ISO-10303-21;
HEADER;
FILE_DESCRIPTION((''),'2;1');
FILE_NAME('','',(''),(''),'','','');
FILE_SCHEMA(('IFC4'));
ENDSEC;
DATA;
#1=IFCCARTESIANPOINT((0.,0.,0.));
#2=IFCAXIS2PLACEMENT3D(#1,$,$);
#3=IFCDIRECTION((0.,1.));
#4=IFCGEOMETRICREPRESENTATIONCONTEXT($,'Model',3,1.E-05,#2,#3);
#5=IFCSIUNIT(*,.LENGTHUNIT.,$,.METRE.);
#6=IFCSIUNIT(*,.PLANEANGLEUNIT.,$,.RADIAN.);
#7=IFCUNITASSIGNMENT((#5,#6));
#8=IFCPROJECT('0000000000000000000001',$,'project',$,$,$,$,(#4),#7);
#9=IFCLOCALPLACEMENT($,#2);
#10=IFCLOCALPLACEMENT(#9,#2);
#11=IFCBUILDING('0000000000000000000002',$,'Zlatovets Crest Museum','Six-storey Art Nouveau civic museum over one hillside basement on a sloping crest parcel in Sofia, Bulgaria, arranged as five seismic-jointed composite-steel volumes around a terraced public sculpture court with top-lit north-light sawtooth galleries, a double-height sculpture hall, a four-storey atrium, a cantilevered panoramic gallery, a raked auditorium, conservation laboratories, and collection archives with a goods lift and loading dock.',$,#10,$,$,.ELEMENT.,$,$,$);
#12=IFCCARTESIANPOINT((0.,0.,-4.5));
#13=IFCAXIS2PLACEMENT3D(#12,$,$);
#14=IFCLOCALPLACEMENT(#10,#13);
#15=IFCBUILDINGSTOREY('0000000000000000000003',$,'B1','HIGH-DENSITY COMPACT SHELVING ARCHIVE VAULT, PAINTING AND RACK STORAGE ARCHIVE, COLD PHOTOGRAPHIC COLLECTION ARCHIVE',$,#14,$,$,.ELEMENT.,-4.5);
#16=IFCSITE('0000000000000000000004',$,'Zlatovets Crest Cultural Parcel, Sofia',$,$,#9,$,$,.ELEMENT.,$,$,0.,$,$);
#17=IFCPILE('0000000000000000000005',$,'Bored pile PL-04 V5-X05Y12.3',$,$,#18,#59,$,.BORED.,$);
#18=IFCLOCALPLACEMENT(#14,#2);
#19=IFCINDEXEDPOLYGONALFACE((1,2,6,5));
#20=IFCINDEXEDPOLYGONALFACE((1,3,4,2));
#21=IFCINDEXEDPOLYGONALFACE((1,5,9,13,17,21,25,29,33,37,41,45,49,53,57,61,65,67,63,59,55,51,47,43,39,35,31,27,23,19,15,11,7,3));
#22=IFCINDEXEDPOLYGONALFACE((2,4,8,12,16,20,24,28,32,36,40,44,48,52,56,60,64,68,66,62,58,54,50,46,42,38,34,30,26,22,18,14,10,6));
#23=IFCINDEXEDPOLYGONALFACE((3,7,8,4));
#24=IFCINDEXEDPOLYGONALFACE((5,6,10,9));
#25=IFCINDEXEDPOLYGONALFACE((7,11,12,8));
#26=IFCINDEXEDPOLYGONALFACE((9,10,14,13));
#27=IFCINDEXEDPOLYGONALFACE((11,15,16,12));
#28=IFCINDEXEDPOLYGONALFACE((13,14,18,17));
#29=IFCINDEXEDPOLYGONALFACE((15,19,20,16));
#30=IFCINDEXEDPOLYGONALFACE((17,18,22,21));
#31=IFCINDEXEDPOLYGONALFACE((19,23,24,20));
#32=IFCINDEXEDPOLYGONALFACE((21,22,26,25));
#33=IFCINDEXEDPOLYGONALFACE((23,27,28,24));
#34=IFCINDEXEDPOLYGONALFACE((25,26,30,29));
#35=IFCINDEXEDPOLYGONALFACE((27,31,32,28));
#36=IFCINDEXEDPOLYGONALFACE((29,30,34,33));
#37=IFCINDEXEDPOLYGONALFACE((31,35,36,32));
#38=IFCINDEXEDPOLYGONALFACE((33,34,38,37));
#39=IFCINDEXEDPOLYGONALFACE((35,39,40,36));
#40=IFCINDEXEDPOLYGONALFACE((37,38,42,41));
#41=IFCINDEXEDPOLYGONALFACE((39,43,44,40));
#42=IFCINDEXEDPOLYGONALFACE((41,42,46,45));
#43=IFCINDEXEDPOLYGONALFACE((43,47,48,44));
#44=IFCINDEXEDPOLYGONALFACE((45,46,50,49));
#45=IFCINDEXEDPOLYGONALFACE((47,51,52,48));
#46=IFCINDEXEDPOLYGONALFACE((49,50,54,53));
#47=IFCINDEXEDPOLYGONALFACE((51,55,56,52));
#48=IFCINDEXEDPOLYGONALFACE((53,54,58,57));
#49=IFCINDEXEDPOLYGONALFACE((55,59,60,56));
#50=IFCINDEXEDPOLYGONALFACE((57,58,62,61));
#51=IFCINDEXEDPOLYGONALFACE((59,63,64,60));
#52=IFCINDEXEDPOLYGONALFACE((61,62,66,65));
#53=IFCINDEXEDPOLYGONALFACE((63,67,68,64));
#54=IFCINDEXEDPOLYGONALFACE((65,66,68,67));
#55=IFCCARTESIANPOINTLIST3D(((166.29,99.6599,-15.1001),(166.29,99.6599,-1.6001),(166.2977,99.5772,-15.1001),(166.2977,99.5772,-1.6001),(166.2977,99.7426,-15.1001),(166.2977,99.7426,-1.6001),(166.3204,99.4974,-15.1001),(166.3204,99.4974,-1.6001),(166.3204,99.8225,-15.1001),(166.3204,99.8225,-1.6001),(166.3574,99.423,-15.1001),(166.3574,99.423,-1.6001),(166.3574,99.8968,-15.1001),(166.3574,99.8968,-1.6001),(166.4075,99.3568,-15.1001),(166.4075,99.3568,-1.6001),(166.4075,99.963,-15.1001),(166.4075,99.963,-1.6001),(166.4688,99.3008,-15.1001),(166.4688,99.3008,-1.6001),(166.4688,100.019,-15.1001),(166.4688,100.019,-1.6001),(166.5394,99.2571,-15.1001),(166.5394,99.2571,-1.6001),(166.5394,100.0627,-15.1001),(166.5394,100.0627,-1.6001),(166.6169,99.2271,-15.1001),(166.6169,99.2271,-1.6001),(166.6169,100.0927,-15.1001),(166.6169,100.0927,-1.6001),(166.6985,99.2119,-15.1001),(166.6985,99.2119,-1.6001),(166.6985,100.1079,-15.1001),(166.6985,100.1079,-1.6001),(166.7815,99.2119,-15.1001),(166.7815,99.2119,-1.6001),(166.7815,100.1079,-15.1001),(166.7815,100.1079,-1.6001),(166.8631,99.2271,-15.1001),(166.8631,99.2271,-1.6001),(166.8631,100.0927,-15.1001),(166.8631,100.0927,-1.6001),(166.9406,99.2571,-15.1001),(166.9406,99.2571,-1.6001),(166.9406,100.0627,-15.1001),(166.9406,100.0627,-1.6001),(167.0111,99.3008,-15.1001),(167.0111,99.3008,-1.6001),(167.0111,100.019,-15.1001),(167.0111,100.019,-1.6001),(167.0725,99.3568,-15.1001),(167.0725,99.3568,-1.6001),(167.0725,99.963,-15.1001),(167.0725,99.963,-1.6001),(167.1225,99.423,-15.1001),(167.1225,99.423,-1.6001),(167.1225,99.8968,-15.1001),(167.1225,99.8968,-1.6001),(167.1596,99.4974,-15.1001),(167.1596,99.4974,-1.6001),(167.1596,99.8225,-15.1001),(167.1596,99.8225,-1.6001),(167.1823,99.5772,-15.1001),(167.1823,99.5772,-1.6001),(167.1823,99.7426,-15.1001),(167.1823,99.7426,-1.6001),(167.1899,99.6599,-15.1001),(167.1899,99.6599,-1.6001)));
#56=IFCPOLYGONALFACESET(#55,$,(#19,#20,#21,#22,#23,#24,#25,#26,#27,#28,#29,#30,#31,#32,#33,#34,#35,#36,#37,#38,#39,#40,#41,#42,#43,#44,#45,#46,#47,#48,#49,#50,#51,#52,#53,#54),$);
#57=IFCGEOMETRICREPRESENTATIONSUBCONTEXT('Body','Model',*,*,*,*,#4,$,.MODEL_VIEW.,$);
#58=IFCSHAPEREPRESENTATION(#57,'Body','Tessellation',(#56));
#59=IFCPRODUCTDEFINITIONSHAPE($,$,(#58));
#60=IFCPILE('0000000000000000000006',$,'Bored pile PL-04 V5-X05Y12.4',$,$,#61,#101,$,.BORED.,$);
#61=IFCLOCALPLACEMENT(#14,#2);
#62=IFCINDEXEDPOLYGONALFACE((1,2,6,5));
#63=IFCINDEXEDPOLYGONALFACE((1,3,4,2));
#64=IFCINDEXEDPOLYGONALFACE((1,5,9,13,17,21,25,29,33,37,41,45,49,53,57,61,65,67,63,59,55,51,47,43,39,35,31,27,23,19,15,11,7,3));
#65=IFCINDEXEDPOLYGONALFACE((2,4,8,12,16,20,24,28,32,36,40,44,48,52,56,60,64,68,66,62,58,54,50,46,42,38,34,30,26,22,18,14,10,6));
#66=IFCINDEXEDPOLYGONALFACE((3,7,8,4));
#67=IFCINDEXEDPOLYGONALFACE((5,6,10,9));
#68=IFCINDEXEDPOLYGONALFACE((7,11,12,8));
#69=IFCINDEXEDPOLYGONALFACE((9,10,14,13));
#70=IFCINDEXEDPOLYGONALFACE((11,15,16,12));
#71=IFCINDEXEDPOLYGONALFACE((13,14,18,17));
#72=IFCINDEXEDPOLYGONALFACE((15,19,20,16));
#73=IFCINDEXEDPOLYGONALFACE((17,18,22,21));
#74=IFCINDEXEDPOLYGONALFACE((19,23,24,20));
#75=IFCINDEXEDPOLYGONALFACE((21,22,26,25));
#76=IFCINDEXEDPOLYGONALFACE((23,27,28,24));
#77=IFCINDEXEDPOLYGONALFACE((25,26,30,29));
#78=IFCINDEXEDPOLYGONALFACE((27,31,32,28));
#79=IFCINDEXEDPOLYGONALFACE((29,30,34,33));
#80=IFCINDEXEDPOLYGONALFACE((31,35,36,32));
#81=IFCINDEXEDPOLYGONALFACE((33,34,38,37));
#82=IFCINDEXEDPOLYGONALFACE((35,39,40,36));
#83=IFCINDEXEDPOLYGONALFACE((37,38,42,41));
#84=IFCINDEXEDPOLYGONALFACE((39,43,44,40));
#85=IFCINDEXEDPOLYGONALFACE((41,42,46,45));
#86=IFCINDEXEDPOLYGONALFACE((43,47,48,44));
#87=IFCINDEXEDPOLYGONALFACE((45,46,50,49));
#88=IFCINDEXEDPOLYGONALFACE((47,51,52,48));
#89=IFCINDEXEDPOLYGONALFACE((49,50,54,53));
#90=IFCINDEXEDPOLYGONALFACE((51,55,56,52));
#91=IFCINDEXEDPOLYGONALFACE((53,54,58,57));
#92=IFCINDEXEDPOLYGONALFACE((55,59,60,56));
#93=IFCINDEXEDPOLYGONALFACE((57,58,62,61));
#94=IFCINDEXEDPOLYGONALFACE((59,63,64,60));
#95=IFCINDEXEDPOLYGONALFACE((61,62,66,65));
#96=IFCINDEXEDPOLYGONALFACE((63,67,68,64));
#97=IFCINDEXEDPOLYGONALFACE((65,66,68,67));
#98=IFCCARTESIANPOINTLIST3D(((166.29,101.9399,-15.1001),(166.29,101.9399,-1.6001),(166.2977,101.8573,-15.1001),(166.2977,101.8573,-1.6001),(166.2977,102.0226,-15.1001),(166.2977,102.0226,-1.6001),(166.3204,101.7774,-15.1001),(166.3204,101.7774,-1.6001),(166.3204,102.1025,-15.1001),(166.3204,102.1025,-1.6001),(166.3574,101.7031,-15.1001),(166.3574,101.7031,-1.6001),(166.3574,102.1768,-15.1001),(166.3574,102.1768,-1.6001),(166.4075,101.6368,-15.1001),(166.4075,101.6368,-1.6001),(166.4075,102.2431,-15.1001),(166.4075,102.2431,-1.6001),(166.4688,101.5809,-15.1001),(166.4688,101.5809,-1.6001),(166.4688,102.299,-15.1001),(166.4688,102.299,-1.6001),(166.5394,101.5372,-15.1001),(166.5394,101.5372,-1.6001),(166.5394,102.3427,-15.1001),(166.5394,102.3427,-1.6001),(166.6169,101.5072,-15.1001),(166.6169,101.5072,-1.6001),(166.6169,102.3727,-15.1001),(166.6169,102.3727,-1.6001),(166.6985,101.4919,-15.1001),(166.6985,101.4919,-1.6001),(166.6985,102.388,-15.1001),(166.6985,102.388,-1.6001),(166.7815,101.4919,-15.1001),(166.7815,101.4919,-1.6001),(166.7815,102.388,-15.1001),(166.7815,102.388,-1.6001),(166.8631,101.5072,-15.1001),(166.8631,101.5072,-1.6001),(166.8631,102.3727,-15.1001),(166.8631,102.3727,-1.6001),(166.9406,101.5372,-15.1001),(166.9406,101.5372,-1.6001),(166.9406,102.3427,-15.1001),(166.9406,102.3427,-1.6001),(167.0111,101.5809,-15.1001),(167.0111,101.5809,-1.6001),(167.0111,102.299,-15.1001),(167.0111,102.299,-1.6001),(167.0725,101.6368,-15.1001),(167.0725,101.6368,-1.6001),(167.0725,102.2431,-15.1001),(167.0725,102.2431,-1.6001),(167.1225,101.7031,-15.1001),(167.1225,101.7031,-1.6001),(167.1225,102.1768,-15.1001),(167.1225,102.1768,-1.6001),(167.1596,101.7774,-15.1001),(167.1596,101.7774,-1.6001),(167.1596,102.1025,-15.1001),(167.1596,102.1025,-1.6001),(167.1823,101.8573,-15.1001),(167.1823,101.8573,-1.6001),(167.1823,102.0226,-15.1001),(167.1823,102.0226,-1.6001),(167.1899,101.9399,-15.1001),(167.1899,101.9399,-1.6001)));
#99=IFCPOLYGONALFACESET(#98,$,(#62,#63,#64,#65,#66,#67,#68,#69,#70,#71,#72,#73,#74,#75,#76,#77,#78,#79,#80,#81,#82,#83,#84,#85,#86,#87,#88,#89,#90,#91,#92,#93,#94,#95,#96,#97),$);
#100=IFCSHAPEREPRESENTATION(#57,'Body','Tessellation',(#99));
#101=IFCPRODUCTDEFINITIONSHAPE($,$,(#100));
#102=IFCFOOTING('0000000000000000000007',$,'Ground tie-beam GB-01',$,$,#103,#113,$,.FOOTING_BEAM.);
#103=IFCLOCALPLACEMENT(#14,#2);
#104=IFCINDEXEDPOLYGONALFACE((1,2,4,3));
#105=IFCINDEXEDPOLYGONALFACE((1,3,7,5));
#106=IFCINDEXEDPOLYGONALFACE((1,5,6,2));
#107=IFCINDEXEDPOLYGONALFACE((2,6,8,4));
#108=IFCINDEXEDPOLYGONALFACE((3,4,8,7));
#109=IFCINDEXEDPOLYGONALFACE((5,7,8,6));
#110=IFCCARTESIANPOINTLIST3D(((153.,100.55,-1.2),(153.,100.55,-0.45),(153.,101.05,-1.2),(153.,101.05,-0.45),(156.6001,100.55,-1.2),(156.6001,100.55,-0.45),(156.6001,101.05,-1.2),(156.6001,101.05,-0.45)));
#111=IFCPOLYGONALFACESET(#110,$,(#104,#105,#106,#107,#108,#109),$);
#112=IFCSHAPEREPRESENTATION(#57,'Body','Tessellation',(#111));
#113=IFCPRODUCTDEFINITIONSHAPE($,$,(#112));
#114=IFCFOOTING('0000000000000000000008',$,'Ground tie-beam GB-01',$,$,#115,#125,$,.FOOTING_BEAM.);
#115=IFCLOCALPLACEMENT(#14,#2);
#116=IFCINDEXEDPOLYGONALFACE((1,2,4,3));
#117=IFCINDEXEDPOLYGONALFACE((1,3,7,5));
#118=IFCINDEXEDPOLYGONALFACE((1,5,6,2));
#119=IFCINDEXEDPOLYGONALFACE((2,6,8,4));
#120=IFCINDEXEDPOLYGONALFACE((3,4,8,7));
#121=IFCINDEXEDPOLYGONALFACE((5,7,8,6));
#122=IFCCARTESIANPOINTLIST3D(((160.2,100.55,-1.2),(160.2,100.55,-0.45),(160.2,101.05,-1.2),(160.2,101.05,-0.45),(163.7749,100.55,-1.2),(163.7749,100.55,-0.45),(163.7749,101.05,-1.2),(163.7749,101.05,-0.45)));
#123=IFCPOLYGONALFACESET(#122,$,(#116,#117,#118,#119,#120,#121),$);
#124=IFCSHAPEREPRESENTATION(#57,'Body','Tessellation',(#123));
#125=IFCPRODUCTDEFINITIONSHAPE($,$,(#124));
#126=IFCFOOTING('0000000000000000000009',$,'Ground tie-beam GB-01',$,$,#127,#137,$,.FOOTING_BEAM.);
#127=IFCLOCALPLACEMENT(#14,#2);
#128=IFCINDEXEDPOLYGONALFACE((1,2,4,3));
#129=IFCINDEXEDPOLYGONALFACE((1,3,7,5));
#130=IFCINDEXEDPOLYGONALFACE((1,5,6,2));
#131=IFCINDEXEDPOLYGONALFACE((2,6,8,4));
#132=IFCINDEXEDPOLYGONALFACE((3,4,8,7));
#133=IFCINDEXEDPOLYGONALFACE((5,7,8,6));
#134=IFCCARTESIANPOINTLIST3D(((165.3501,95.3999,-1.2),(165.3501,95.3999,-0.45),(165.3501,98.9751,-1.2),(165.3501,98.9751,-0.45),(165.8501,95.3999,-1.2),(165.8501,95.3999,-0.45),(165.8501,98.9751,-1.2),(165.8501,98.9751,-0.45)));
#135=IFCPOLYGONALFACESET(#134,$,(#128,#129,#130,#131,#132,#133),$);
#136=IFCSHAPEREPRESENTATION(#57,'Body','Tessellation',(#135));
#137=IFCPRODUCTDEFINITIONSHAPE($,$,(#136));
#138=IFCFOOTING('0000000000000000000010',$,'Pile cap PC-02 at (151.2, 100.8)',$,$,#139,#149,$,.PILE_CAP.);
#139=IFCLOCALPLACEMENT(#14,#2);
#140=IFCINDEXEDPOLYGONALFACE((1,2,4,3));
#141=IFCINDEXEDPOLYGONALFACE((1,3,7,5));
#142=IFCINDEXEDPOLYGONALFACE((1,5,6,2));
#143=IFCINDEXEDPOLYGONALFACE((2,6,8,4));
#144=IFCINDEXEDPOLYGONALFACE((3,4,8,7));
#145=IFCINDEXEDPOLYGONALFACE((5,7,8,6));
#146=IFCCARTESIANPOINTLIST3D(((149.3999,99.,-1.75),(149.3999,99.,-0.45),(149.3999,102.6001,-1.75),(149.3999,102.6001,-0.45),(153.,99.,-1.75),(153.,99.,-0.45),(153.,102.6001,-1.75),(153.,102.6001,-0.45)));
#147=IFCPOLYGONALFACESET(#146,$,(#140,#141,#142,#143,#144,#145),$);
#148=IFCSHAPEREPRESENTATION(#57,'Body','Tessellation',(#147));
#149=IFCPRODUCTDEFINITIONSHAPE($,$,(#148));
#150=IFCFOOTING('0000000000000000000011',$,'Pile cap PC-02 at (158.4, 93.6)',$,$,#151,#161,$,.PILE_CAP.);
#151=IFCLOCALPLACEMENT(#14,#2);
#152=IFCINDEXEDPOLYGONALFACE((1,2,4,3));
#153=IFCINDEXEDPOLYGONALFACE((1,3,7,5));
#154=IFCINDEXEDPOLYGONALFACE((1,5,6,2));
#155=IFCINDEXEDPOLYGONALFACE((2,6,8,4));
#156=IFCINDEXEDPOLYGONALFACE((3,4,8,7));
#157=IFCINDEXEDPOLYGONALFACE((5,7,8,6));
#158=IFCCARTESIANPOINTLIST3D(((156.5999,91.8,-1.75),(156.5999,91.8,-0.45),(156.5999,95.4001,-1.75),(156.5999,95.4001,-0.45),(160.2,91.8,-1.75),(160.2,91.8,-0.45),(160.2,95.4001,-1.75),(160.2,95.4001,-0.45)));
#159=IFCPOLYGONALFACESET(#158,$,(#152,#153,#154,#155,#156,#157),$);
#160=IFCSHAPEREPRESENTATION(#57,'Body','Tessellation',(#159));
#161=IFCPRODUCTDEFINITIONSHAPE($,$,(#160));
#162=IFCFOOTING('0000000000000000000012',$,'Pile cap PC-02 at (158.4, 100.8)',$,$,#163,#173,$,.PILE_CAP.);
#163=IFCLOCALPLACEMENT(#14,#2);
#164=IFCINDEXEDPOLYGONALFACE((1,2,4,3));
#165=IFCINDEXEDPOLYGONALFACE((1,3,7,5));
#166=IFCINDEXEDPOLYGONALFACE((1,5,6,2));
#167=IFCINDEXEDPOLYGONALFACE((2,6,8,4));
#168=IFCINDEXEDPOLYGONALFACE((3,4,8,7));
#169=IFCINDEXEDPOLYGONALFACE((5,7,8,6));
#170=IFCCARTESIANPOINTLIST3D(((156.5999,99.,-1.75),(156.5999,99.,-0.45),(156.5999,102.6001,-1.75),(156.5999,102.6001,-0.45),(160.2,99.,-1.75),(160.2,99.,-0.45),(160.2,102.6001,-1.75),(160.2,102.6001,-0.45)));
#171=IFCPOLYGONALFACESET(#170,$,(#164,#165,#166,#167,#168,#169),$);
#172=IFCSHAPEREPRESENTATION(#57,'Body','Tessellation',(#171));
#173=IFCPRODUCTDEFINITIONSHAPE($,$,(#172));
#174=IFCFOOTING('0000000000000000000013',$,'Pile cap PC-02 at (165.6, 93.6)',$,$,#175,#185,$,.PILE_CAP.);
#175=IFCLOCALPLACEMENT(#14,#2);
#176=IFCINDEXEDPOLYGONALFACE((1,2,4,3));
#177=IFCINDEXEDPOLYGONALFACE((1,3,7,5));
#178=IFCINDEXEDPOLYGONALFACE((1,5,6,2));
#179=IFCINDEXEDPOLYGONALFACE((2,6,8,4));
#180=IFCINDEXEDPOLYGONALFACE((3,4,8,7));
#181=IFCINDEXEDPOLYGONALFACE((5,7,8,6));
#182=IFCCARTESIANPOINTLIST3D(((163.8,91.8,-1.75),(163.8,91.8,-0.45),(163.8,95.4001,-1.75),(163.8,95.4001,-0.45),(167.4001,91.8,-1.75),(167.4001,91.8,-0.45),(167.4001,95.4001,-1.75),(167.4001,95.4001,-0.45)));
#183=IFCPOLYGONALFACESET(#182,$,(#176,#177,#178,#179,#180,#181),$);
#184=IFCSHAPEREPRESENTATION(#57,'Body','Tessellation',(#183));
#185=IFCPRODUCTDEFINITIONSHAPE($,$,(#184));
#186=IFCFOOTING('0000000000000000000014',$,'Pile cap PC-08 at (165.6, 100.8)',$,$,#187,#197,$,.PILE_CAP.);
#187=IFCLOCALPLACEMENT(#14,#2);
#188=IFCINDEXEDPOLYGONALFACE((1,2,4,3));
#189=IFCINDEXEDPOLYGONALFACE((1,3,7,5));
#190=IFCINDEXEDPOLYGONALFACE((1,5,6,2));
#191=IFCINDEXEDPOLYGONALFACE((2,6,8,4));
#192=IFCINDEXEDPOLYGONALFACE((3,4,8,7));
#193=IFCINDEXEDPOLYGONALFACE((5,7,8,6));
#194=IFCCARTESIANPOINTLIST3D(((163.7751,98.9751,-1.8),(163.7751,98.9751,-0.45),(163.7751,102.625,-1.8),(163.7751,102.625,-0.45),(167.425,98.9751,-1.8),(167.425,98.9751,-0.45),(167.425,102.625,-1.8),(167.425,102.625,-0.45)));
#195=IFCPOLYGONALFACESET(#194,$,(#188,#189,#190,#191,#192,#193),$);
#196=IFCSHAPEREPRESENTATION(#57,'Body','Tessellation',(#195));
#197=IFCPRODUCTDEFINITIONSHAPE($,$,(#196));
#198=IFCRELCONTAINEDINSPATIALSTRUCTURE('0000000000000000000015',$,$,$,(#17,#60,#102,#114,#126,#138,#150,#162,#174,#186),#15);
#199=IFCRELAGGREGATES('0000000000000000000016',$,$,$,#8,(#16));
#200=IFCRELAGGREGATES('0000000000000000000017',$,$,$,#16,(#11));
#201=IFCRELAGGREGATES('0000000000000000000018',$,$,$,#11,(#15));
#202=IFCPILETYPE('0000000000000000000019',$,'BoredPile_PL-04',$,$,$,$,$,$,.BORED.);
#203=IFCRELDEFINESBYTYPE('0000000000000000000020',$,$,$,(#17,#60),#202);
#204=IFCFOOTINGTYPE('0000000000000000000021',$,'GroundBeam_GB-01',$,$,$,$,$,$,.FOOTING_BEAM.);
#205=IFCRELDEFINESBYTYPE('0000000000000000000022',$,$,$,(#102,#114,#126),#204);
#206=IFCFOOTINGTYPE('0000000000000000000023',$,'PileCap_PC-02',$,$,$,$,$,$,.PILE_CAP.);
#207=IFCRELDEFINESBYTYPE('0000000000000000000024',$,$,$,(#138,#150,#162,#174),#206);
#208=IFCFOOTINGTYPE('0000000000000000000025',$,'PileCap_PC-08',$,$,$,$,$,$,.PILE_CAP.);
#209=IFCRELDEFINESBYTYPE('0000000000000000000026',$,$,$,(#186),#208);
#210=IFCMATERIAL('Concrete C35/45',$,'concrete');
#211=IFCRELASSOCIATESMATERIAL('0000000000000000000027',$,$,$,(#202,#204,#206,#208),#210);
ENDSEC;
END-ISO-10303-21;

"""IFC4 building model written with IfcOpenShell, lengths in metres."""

from ifc_helpers import new_model, si_unit, direction, frame, origin, origin_2d, place, context, subcontext, project, spatial, rectangle, circle, extrude, material, material_profile, profile_set, type_object, element, save


model = new_model("IFC4")

# Units and contexts
model_context = context("Model", 3, precision=1e-05, world=origin(), true_north=direction((0.0, 1.0)))
body_context = subcontext(model_context, "Body", "Model", "MODEL_VIEW")
ifc_project = project(units=[si_unit("LENGTHUNIT", "METRE"), si_unit("PLANEANGLEUNIT", "RADIAN")], contexts=[model_context])

# Site, building, storey
site_placement = place(None, origin())
site = spatial("IfcSite", under=ifc_project, at=site_placement, Name="Zlatovets Crest Cultural Parcel, Sofia", CompositionType="ELEMENT", RefElevation=0.0)
building_placement = place(site_placement, origin())
building = spatial("IfcBuilding", under=site, at=building_placement, Name="Zlatovets Crest Museum", Description="Six-storey Art Nouveau civic museum over one hillside basement on a sloping crest parcel in Sofia, Bulgaria, arranged as five seismic-jointed composite-steel volumes around a terraced public sculpture court with top-lit north-light sawtooth galleries, a double-height sculpture hall, a four-storey atrium, a cantilevered panoramic gallery, a raked auditorium, conservation laboratories, and collection archives with a goods lift and loading dock.", CompositionType="ELEMENT")
storey_placement = place(building_placement, frame((0.0, 0.0, -4.5)))
storey = spatial("IfcBuildingStorey", under=building, at=storey_placement, Name="B1", Description="HIGH-DENSITY COMPACT SHELVING ARCHIVE VAULT, PAINTING AND RACK STORAGE ARCHIVE, COLD PHOTOGRAPHIC COLLECTION ARCHIVE", CompositionType="ELEMENT", Elevation=-4.5)

# Piles
ifc_material = material(Name="Concrete C35/45", Category="concrete")
ifc_material_profile_1 = material_profile(ifc_material, circle(Radius=0.45, at=origin_2d()), Name="PILE D900")
ifc_profile_set_1 = profile_set([ifc_material_profile_1], Name="Concrete C35/45")
pile_type = type_object("IfcPileType", Name="BoredPile_PL-04", PredefinedType="BORED", material=ifc_profile_set_1)
for number, where, z_axis, x_axis, name in (
    (1, (166.74, 99.6599, -1.6001), (0.0, 0.0, -1.0), (1.0, 0.0, 0.0), "Bored pile PL-04 V5-X05Y12.3"),
    (2, (166.74, 101.9399, -1.6001), (0.0, 0.0, -1.0), (1.0, 0.0, 0.0), "Bored pile PL-04 V5-X05Y12.4"),
):
    element("IfcPile", number, at=place(storey_placement, frame(where, z_axis=z_axis, x_axis=x_axis)), inside=storey, type_object=pile_type, Name=name, PredefinedType="BORED", context=body_context, shape_type="SweptSolid", body=[
        extrude(circle(Radius=0.45, at=origin_2d()), origin(), (0.0, 0.0, 1.0), 13.5),
    ])

# Footings
ifc_material_profile_2 = material_profile(ifc_material, rectangle(XDim=0.5, YDim=0.75, at=origin_2d()), Name="RC 500x750")
ifc_profile_set_2 = profile_set([ifc_material_profile_2], Name="Concrete C35/45")
footing_type_1 = type_object("IfcFootingType", Name="GroundBeam_GB-01", PredefinedType="FOOTING_BEAM", material=ifc_profile_set_2)
footing_1_placement = place(storey_placement, frame((153.0, 100.8, -0.825), z_axis=(1.0, 0.0, 0.0), x_axis=(0.0, 1.0, 0.0)))
element("IfcFooting", 3, at=footing_1_placement, inside=storey, type_object=footing_type_1, Name="Ground tie-beam GB-01", PredefinedType="FOOTING_BEAM", context=body_context, shape_type="SweptSolid", body=[
    extrude(rectangle(XDim=0.5, YDim=0.75, at=origin_2d()), origin(), (0.0, 0.0, 1.0), 3.6001),
])
footing_2_placement = place(storey_placement, frame((160.2, 100.8, -0.825), z_axis=(1.0, 0.0, 0.0), x_axis=(0.0, 1.0, 0.0)))
element("IfcFooting", 4, at=footing_2_placement, inside=storey, type_object=footing_type_1, Name="Ground tie-beam GB-01", PredefinedType="FOOTING_BEAM", context=body_context, shape_type="SweptSolid", body=[
    extrude(rectangle(XDim=0.5, YDim=0.75, at=origin_2d()), origin(), (0.0, 0.0, 1.0), 3.575),
])
footing_3_placement = place(storey_placement, frame((165.6001, 95.3999, -0.825), z_axis=(0.0, 1.0, 0.0), x_axis=(-1.0, 0.0, 0.0)))
element("IfcFooting", 5, at=footing_3_placement, inside=storey, type_object=footing_type_1, Name="Ground tie-beam GB-01", PredefinedType="FOOTING_BEAM", context=body_context, shape_type="SweptSolid", body=[
    extrude(rectangle(XDim=0.5, YDim=0.75, at=origin_2d()), origin(), (0.0, 0.0, 1.0), 3.5752),
])
footing_type_2 = type_object("IfcFootingType", Name="PileCap_PC-02", PredefinedType="PILE_CAP", material=ifc_material)
for number, where, z_axis, x_axis, name in (
    (6, (151.2, 100.8, -1.75), (0.0, 0.0, 1.0), (1.0, 0.0, 0.0), "Pile cap PC-02 at (151.2, 100.8)"),
    (7, (158.3999, 93.6001, -1.75), (0.0, 0.0, 1.0), (1.0, 0.0, 0.0), "Pile cap PC-02 at (158.4, 93.6)"),
    (8, (158.3999, 100.8, -1.75), (0.0, 0.0, 1.0), (1.0, 0.0, 0.0), "Pile cap PC-02 at (158.4, 100.8)"),
    (9, (165.6001, 93.6001, -1.75), (0.0, 0.0, 1.0), (1.0, 0.0, 0.0), "Pile cap PC-02 at (165.6, 93.6)"),
):
    element("IfcFooting", number, at=place(storey_placement, frame(where, z_axis=z_axis, x_axis=x_axis)), inside=storey, type_object=footing_type_2, Name=name, PredefinedType="PILE_CAP", context=body_context, shape_type="SweptSolid", body=[
        extrude(rectangle(XDim=3.6001, YDim=3.6001, at=origin_2d()), origin(), (0.0, 0.0, 1.0), 1.3),
    ])
footing_type_3 = type_object("IfcFootingType", Name="PileCap_PC-08", PredefinedType="PILE_CAP", material=ifc_material)
footing_4_placement = place(storey_placement, frame((165.6001, 100.8, -1.8), z_axis=(0.0, 0.0, 1.0), x_axis=(1.0, 0.0, 0.0)))
element("IfcFooting", 10, at=footing_4_placement, inside=storey, type_object=footing_type_3, Name="Pile cap PC-08 at (165.6, 100.8)", PredefinedType="PILE_CAP", context=body_context, shape_type="SweptSolid", body=[
    extrude(rectangle(XDim=3.6499, YDim=3.6499, at=origin_2d()), origin(), (0.0, 0.0, 1.0), 1.3501),
])

save(model, "model.ifc")
